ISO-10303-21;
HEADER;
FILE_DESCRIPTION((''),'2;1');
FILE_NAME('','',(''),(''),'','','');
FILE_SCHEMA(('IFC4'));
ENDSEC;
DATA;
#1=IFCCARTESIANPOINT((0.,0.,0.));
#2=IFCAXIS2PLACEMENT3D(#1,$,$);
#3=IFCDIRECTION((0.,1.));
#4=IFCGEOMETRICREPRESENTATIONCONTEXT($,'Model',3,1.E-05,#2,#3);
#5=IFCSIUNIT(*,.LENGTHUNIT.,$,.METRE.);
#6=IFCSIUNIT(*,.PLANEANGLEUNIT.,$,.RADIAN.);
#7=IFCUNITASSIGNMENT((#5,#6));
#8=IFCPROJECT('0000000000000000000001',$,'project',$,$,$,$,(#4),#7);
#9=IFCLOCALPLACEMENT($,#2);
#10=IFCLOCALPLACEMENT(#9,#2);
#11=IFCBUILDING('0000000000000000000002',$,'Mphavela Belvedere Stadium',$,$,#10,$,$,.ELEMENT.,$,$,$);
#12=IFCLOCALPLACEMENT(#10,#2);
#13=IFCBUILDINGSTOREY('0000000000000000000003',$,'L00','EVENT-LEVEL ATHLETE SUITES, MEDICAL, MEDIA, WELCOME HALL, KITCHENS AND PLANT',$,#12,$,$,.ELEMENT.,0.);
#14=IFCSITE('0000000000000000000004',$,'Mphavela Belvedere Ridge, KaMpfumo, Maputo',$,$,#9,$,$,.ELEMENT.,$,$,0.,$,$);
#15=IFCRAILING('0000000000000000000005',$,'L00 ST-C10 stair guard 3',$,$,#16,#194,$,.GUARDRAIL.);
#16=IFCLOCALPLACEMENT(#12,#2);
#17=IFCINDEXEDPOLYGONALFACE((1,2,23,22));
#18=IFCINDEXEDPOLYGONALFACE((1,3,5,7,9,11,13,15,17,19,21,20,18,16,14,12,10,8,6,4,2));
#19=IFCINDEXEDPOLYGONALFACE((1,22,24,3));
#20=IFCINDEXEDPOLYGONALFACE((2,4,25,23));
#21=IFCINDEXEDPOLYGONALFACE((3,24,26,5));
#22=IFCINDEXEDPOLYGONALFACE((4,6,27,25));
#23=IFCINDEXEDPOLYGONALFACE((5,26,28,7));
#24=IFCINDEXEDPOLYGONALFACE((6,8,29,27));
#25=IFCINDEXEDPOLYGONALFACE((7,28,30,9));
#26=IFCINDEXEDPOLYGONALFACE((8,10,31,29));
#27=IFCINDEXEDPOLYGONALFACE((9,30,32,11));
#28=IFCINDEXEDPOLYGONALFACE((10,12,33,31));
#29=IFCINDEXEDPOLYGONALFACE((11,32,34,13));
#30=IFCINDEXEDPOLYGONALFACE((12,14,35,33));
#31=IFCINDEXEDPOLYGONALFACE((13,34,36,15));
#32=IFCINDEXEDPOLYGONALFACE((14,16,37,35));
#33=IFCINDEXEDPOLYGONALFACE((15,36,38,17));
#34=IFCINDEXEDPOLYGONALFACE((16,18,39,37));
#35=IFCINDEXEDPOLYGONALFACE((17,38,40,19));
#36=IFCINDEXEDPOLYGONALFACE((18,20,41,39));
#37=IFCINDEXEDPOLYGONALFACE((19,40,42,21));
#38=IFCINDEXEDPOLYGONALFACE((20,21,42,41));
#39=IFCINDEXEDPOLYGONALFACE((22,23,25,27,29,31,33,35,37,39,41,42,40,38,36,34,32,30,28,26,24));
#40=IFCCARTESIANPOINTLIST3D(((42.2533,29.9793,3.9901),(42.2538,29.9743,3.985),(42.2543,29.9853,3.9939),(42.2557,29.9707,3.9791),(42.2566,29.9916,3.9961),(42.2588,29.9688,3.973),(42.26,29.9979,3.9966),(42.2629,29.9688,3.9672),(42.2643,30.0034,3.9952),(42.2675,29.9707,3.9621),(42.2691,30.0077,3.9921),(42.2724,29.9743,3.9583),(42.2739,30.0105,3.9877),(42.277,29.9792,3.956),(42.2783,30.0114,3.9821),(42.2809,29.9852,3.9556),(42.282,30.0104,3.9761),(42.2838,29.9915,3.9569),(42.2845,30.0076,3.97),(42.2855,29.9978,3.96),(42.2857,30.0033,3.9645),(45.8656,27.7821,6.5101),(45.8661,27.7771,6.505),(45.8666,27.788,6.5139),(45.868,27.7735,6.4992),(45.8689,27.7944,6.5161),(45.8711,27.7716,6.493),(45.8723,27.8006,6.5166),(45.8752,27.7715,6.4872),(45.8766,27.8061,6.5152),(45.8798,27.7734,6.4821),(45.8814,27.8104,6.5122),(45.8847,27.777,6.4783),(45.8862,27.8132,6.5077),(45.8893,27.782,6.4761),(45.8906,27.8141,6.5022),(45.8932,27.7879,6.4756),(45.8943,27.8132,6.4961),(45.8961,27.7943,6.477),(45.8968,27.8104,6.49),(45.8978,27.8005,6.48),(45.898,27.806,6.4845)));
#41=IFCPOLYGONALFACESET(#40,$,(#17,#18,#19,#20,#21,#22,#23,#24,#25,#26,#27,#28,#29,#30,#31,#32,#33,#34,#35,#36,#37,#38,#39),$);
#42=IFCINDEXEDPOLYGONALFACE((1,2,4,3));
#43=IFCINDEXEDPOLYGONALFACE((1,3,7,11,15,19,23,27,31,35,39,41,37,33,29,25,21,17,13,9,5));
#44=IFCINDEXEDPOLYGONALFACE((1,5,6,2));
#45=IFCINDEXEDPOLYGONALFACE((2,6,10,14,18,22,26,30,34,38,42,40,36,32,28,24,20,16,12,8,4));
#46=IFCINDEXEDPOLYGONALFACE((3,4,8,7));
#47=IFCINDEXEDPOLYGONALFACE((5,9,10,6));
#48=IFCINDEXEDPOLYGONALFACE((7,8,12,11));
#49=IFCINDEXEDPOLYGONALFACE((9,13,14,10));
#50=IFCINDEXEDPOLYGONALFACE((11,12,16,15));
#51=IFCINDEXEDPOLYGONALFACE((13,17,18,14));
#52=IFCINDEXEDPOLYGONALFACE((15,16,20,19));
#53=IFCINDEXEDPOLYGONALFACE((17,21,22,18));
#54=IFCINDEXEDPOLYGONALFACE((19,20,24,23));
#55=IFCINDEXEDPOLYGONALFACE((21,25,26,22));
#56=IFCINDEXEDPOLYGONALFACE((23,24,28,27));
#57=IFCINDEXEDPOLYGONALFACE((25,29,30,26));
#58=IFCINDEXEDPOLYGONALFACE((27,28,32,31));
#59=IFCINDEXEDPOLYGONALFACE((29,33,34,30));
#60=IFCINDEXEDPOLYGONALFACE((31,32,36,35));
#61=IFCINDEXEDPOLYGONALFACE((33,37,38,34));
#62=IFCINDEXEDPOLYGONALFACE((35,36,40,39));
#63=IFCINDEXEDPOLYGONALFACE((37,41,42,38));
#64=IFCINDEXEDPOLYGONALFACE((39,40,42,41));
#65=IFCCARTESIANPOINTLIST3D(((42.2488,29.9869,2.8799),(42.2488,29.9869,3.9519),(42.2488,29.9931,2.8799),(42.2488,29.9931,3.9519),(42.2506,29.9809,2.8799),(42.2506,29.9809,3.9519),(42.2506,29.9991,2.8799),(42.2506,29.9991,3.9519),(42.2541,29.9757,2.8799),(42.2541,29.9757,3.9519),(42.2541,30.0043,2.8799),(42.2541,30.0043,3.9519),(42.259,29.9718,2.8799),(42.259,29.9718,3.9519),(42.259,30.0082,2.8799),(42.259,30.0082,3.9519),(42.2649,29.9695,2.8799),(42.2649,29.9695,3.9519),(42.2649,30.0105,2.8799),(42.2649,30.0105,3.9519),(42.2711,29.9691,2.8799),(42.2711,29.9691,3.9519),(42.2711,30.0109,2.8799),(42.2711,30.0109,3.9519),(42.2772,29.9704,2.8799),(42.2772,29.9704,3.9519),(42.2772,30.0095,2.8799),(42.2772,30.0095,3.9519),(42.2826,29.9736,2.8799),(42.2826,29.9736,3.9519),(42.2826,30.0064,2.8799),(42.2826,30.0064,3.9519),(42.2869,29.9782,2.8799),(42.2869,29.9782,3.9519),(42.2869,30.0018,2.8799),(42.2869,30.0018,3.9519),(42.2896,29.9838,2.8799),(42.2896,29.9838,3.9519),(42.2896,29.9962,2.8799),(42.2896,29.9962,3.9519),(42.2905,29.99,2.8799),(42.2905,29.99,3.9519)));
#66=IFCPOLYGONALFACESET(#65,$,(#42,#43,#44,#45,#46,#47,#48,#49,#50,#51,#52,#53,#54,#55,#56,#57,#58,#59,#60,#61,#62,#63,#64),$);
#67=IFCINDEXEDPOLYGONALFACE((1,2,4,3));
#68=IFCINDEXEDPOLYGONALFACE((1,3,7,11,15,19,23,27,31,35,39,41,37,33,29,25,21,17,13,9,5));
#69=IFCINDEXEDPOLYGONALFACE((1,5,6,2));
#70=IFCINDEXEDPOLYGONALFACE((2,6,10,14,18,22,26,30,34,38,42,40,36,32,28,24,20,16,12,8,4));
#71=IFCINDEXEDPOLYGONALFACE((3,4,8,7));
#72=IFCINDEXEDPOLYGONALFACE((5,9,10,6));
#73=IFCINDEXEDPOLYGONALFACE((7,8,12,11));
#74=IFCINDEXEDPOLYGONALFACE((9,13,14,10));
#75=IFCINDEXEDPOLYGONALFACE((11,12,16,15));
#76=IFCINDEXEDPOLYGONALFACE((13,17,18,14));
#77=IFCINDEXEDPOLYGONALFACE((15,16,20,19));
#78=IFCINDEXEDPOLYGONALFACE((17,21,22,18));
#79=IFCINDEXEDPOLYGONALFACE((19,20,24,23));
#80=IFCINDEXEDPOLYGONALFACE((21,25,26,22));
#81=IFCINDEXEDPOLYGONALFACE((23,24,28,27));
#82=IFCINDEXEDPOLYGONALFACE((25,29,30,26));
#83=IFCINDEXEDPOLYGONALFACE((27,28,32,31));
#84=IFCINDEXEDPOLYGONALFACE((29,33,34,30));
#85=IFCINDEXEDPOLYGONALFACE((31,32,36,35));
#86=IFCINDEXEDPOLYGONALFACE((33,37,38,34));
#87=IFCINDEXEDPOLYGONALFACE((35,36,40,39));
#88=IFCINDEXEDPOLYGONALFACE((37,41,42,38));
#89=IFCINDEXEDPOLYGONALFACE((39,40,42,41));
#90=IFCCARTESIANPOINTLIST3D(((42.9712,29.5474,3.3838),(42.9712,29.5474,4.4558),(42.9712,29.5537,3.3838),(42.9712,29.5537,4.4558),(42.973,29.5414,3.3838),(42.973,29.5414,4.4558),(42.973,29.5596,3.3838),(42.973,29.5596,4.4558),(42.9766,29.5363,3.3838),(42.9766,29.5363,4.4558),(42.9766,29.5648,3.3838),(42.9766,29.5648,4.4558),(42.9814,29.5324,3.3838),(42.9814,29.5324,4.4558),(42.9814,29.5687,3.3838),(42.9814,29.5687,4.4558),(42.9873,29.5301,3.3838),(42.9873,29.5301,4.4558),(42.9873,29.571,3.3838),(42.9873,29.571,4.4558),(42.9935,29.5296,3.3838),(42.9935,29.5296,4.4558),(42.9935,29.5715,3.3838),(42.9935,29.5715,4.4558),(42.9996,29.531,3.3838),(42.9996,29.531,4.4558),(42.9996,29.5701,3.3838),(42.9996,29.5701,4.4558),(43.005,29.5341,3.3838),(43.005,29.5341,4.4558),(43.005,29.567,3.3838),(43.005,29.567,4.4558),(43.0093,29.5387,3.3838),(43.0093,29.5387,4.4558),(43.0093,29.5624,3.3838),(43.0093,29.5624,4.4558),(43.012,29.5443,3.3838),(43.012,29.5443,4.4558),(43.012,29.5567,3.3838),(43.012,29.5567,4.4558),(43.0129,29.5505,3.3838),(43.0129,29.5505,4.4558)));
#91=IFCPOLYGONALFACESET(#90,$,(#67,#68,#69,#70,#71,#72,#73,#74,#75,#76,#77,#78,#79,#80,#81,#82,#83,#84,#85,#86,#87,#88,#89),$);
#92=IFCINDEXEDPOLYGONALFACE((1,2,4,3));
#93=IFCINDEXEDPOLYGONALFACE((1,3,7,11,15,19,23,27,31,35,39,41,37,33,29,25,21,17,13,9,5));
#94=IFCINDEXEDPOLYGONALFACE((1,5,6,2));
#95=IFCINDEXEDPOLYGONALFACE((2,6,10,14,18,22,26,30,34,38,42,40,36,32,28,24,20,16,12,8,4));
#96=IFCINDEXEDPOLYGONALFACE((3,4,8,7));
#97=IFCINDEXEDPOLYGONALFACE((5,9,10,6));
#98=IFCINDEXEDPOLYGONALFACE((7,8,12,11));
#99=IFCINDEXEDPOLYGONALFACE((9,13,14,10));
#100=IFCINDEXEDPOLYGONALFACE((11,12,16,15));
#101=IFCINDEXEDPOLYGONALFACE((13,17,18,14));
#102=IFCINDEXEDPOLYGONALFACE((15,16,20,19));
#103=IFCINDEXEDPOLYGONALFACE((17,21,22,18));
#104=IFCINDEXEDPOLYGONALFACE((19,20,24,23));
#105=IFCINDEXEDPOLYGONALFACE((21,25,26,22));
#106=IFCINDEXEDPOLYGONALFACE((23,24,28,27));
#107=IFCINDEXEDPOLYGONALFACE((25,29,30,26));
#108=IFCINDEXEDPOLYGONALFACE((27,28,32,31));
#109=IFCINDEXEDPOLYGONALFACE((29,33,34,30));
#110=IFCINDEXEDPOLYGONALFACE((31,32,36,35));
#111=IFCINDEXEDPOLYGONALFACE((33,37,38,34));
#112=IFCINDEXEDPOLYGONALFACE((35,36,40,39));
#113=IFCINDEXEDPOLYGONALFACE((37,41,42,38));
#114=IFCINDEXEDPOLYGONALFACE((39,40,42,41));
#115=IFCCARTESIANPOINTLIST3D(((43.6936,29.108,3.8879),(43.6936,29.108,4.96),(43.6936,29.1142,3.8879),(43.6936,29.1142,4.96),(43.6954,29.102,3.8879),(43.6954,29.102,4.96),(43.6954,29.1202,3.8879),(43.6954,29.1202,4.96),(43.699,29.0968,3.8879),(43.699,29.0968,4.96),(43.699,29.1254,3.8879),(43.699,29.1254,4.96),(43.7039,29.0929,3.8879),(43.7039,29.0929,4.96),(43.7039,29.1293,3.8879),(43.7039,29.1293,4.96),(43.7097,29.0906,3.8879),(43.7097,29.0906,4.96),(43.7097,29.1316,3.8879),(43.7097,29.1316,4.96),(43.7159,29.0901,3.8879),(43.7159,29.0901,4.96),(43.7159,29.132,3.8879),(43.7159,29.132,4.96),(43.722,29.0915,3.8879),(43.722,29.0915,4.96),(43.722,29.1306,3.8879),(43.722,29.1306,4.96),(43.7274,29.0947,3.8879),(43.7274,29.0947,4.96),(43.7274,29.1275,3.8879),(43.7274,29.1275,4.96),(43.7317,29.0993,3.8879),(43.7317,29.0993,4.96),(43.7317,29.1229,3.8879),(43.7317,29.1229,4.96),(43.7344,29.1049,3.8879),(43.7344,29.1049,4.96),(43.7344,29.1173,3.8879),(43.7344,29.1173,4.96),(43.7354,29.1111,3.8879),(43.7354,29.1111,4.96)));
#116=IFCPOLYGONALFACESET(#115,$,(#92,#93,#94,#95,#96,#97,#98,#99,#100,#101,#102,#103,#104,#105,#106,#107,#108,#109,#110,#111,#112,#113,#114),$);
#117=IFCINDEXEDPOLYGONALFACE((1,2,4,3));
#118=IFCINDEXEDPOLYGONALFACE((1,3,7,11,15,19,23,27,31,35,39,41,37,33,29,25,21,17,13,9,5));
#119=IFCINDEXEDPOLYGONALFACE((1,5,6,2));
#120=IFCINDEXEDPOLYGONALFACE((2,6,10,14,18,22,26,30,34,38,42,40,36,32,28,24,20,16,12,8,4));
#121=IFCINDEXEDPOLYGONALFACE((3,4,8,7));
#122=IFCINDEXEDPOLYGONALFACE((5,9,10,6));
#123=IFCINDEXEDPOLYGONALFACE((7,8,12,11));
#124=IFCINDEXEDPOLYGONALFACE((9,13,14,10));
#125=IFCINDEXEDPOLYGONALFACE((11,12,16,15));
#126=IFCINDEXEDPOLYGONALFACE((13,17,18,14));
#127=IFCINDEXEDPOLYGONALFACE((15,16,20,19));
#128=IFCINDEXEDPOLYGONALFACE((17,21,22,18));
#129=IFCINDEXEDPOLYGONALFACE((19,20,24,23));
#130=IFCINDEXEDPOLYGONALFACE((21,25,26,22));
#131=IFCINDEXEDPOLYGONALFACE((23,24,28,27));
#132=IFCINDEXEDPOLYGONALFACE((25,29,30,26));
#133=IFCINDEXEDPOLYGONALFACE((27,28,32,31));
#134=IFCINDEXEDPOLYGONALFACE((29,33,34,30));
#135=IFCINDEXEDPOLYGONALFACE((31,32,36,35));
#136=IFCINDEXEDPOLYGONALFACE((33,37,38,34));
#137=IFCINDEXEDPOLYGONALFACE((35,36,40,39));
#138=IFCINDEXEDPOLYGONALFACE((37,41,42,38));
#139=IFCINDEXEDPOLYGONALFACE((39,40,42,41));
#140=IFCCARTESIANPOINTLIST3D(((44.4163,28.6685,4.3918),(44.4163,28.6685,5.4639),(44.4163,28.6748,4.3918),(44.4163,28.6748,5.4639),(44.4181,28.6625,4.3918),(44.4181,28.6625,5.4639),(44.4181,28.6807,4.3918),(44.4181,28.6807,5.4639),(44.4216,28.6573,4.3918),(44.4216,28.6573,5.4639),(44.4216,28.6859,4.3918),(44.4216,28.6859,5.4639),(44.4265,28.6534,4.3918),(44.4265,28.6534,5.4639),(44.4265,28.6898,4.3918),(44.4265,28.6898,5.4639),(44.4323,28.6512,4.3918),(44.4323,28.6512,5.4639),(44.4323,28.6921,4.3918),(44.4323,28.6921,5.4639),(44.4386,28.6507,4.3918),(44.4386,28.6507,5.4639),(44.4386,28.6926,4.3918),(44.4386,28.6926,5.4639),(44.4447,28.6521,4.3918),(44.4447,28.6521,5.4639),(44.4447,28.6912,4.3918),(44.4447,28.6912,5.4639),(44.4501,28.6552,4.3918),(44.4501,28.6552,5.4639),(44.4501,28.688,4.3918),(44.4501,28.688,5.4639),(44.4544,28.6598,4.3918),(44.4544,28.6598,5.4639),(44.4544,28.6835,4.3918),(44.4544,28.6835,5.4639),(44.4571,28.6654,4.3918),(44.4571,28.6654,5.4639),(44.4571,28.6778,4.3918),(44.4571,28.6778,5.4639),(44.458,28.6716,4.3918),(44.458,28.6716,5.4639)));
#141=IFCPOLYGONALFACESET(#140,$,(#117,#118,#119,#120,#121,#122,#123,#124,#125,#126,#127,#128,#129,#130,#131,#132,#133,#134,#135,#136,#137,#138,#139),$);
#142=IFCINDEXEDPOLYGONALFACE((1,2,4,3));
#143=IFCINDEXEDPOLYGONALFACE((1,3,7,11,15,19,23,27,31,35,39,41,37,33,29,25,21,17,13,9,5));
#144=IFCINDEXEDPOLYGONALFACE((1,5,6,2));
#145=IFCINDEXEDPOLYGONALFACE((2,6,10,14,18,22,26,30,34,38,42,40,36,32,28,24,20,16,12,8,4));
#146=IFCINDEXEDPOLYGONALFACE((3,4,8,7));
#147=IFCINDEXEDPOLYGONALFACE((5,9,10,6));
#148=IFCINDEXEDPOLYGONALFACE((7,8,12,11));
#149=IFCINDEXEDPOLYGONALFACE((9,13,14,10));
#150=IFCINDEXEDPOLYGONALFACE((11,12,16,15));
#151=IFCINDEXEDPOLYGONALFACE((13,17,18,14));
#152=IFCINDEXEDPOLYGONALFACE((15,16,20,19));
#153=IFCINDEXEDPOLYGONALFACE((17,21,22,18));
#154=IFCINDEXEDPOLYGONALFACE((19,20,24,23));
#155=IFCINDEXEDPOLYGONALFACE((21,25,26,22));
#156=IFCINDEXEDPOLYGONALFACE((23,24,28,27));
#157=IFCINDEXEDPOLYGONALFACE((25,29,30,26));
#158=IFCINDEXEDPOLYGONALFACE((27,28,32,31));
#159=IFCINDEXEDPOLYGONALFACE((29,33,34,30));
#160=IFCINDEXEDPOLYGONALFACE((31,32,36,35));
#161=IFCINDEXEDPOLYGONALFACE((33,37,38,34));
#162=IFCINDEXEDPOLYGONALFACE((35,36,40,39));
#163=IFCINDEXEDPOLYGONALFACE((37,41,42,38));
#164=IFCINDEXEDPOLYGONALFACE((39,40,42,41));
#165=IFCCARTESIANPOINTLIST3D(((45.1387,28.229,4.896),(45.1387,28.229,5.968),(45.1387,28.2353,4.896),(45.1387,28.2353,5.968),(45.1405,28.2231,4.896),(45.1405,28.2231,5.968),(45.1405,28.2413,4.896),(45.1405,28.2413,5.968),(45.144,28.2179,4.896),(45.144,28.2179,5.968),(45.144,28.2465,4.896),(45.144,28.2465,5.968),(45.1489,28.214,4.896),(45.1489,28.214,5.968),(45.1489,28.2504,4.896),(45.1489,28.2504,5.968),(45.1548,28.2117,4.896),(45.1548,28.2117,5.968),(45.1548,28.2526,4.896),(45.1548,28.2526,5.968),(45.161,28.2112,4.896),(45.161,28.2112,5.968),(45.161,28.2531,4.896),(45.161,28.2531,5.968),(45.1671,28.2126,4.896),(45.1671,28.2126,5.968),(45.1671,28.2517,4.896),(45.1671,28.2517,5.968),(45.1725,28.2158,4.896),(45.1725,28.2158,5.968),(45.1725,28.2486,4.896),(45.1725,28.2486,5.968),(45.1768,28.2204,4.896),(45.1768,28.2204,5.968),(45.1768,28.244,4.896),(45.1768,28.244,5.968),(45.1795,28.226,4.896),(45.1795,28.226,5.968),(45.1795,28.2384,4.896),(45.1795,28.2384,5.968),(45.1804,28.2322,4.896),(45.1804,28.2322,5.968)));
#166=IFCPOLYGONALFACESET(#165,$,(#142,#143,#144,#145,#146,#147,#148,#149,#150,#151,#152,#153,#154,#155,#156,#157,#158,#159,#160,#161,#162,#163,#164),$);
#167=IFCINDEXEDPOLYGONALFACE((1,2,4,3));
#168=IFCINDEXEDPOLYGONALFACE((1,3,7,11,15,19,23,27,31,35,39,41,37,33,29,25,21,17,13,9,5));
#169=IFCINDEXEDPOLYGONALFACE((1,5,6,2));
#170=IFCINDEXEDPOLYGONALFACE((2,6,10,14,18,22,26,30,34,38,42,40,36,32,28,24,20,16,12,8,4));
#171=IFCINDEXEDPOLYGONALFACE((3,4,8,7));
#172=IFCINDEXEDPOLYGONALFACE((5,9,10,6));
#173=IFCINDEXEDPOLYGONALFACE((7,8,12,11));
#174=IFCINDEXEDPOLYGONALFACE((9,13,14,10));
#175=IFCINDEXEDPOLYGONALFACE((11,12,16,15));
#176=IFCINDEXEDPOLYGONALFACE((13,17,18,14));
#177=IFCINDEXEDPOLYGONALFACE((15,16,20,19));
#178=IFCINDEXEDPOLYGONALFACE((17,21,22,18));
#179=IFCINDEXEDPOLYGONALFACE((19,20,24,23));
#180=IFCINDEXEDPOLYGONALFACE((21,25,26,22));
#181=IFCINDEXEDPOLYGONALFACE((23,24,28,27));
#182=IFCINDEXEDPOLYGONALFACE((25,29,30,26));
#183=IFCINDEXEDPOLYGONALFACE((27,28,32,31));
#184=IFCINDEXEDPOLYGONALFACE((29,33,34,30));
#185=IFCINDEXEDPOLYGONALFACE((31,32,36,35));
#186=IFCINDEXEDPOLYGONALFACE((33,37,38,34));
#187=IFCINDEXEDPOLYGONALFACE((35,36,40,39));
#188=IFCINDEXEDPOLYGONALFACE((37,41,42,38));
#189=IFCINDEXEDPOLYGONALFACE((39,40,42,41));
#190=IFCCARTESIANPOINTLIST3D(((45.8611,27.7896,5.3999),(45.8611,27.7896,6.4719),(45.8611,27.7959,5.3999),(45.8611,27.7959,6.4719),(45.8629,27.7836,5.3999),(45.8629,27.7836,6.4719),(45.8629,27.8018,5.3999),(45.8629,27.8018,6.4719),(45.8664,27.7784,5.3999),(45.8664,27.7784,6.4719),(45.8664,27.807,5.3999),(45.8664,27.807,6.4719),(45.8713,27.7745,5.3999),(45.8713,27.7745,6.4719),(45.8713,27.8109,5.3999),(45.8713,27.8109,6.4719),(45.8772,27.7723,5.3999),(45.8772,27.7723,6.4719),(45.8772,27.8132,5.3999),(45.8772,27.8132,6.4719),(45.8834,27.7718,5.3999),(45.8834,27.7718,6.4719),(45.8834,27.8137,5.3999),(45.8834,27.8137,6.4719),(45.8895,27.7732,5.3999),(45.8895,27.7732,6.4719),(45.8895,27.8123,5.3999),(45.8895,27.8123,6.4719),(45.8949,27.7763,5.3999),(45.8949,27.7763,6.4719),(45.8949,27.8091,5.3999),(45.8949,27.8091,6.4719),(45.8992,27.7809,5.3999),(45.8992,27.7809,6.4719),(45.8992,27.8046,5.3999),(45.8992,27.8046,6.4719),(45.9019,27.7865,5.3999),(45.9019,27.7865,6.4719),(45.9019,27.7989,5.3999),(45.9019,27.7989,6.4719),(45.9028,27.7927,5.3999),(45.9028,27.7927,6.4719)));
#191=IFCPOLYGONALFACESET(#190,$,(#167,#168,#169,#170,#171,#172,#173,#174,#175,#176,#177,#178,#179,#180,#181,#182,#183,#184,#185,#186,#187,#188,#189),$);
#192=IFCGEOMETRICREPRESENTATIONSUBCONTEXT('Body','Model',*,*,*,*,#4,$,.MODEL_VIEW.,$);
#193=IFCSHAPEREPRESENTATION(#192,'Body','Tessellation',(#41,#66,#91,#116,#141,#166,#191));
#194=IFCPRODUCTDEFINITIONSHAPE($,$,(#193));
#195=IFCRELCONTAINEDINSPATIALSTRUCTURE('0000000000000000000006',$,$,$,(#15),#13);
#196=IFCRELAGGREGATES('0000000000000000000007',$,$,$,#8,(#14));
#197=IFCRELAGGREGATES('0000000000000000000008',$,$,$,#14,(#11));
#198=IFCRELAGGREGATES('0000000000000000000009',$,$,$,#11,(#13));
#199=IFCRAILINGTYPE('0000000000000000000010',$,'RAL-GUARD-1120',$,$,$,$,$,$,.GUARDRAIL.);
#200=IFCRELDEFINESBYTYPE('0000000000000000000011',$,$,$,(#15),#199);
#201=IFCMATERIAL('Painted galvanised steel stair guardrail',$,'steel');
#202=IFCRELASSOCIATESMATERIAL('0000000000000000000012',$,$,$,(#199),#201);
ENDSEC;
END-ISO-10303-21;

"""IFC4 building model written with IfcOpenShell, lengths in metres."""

from ifc_helpers import new_model, si_unit, direction, frame, origin, origin_2d, place, context, subcontext, project, spatial, circle, extrude, material, type_object, element, save


model = new_model("IFC4")

# Units and contexts
model_context = context("Model", 3, precision=1e-05, world=origin(), true_north=direction((0.0, 1.0)))
body_context = subcontext(model_context, "Body", "Model", "MODEL_VIEW")
ifc_project = project(units=[si_unit("LENGTHUNIT", "METRE"), si_unit("PLANEANGLEUNIT", "RADIAN")], contexts=[model_context])

# Site, building, storey
site_placement = place(None, origin())
site = spatial("IfcSite", under=ifc_project, at=site_placement, Name="Mphavela Belvedere Ridge, KaMpfumo, Maputo", CompositionType="ELEMENT", RefElevation=0.0)
building_placement = place(site_placement, origin())
building = spatial("IfcBuilding", under=site, at=building_placement, Name="Mphavela Belvedere Stadium", CompositionType="ELEMENT")
storey_placement = place(building_placement, origin())
storey = spatial("IfcBuildingStorey", under=building, at=storey_placement, Name="L00", Description="EVENT-LEVEL ATHLETE SUITES, MEDICAL, MEDIA, WELCOME HALL, KITCHENS AND PLANT", CompositionType="ELEMENT", Elevation=0.0)

# Railing
ifc_material_1 = material(Name="Painted galvanised steel stair guardrail", Category="steel")
railing_type_1 = type_object("IfcRailingType", Name="RAL-GUARD-1120", PredefinedType="GUARDRAIL", material=ifc_material_1)
railing_1_placement = place(storey_placement, frame((42.2695, 29.99, 2.8799)))
element("IfcRailing", 1, at=railing_1_placement, inside=storey, type_object=railing_type_1, Name="L00 ST-C10 stair guard 3", PredefinedType="GUARDRAIL", context=body_context, shape_type="SweptSolid", body=[
    extrude(circle(Radius=0.0239, at=origin_2d()), frame((0.0, 0.0, 1.0962), z_axis=(0.733893, -0.446407, 0.511979), x_axis=(0.519683, 0.854359, 0.0)), (0.0, 0.0, 1.0), 4.9221),
    extrude(circle(Radius=0.021, at=origin_2d()), origin(), (0.0, 0.0, 1.0), 1.072),
    extrude(circle(Radius=0.021, at=origin_2d()), frame((0.7224, -0.4395, 0.5039)), (0.0, 0.0, 1.0), 1.072),
    extrude(circle(Radius=0.021, at=origin_2d()), frame((1.4448, -0.8789, 1.0081)), (0.0, 0.0, 1.0), 1.072),
    extrude(circle(Radius=0.021, at=origin_2d()), frame((2.1675, -1.3184, 1.512)), (0.0, 0.0, 1.0), 1.072),
    extrude(circle(Radius=0.021, at=origin_2d()), frame((2.8899, -1.7578, 2.0161)), (0.0, 0.0, 1.0), 1.072),
    extrude(circle(Radius=0.021, at=origin_2d()), frame((3.6123, -2.1973, 2.52)), (0.0, 0.0, 1.0), 1.072),
])

save(model, "model.ifc")
